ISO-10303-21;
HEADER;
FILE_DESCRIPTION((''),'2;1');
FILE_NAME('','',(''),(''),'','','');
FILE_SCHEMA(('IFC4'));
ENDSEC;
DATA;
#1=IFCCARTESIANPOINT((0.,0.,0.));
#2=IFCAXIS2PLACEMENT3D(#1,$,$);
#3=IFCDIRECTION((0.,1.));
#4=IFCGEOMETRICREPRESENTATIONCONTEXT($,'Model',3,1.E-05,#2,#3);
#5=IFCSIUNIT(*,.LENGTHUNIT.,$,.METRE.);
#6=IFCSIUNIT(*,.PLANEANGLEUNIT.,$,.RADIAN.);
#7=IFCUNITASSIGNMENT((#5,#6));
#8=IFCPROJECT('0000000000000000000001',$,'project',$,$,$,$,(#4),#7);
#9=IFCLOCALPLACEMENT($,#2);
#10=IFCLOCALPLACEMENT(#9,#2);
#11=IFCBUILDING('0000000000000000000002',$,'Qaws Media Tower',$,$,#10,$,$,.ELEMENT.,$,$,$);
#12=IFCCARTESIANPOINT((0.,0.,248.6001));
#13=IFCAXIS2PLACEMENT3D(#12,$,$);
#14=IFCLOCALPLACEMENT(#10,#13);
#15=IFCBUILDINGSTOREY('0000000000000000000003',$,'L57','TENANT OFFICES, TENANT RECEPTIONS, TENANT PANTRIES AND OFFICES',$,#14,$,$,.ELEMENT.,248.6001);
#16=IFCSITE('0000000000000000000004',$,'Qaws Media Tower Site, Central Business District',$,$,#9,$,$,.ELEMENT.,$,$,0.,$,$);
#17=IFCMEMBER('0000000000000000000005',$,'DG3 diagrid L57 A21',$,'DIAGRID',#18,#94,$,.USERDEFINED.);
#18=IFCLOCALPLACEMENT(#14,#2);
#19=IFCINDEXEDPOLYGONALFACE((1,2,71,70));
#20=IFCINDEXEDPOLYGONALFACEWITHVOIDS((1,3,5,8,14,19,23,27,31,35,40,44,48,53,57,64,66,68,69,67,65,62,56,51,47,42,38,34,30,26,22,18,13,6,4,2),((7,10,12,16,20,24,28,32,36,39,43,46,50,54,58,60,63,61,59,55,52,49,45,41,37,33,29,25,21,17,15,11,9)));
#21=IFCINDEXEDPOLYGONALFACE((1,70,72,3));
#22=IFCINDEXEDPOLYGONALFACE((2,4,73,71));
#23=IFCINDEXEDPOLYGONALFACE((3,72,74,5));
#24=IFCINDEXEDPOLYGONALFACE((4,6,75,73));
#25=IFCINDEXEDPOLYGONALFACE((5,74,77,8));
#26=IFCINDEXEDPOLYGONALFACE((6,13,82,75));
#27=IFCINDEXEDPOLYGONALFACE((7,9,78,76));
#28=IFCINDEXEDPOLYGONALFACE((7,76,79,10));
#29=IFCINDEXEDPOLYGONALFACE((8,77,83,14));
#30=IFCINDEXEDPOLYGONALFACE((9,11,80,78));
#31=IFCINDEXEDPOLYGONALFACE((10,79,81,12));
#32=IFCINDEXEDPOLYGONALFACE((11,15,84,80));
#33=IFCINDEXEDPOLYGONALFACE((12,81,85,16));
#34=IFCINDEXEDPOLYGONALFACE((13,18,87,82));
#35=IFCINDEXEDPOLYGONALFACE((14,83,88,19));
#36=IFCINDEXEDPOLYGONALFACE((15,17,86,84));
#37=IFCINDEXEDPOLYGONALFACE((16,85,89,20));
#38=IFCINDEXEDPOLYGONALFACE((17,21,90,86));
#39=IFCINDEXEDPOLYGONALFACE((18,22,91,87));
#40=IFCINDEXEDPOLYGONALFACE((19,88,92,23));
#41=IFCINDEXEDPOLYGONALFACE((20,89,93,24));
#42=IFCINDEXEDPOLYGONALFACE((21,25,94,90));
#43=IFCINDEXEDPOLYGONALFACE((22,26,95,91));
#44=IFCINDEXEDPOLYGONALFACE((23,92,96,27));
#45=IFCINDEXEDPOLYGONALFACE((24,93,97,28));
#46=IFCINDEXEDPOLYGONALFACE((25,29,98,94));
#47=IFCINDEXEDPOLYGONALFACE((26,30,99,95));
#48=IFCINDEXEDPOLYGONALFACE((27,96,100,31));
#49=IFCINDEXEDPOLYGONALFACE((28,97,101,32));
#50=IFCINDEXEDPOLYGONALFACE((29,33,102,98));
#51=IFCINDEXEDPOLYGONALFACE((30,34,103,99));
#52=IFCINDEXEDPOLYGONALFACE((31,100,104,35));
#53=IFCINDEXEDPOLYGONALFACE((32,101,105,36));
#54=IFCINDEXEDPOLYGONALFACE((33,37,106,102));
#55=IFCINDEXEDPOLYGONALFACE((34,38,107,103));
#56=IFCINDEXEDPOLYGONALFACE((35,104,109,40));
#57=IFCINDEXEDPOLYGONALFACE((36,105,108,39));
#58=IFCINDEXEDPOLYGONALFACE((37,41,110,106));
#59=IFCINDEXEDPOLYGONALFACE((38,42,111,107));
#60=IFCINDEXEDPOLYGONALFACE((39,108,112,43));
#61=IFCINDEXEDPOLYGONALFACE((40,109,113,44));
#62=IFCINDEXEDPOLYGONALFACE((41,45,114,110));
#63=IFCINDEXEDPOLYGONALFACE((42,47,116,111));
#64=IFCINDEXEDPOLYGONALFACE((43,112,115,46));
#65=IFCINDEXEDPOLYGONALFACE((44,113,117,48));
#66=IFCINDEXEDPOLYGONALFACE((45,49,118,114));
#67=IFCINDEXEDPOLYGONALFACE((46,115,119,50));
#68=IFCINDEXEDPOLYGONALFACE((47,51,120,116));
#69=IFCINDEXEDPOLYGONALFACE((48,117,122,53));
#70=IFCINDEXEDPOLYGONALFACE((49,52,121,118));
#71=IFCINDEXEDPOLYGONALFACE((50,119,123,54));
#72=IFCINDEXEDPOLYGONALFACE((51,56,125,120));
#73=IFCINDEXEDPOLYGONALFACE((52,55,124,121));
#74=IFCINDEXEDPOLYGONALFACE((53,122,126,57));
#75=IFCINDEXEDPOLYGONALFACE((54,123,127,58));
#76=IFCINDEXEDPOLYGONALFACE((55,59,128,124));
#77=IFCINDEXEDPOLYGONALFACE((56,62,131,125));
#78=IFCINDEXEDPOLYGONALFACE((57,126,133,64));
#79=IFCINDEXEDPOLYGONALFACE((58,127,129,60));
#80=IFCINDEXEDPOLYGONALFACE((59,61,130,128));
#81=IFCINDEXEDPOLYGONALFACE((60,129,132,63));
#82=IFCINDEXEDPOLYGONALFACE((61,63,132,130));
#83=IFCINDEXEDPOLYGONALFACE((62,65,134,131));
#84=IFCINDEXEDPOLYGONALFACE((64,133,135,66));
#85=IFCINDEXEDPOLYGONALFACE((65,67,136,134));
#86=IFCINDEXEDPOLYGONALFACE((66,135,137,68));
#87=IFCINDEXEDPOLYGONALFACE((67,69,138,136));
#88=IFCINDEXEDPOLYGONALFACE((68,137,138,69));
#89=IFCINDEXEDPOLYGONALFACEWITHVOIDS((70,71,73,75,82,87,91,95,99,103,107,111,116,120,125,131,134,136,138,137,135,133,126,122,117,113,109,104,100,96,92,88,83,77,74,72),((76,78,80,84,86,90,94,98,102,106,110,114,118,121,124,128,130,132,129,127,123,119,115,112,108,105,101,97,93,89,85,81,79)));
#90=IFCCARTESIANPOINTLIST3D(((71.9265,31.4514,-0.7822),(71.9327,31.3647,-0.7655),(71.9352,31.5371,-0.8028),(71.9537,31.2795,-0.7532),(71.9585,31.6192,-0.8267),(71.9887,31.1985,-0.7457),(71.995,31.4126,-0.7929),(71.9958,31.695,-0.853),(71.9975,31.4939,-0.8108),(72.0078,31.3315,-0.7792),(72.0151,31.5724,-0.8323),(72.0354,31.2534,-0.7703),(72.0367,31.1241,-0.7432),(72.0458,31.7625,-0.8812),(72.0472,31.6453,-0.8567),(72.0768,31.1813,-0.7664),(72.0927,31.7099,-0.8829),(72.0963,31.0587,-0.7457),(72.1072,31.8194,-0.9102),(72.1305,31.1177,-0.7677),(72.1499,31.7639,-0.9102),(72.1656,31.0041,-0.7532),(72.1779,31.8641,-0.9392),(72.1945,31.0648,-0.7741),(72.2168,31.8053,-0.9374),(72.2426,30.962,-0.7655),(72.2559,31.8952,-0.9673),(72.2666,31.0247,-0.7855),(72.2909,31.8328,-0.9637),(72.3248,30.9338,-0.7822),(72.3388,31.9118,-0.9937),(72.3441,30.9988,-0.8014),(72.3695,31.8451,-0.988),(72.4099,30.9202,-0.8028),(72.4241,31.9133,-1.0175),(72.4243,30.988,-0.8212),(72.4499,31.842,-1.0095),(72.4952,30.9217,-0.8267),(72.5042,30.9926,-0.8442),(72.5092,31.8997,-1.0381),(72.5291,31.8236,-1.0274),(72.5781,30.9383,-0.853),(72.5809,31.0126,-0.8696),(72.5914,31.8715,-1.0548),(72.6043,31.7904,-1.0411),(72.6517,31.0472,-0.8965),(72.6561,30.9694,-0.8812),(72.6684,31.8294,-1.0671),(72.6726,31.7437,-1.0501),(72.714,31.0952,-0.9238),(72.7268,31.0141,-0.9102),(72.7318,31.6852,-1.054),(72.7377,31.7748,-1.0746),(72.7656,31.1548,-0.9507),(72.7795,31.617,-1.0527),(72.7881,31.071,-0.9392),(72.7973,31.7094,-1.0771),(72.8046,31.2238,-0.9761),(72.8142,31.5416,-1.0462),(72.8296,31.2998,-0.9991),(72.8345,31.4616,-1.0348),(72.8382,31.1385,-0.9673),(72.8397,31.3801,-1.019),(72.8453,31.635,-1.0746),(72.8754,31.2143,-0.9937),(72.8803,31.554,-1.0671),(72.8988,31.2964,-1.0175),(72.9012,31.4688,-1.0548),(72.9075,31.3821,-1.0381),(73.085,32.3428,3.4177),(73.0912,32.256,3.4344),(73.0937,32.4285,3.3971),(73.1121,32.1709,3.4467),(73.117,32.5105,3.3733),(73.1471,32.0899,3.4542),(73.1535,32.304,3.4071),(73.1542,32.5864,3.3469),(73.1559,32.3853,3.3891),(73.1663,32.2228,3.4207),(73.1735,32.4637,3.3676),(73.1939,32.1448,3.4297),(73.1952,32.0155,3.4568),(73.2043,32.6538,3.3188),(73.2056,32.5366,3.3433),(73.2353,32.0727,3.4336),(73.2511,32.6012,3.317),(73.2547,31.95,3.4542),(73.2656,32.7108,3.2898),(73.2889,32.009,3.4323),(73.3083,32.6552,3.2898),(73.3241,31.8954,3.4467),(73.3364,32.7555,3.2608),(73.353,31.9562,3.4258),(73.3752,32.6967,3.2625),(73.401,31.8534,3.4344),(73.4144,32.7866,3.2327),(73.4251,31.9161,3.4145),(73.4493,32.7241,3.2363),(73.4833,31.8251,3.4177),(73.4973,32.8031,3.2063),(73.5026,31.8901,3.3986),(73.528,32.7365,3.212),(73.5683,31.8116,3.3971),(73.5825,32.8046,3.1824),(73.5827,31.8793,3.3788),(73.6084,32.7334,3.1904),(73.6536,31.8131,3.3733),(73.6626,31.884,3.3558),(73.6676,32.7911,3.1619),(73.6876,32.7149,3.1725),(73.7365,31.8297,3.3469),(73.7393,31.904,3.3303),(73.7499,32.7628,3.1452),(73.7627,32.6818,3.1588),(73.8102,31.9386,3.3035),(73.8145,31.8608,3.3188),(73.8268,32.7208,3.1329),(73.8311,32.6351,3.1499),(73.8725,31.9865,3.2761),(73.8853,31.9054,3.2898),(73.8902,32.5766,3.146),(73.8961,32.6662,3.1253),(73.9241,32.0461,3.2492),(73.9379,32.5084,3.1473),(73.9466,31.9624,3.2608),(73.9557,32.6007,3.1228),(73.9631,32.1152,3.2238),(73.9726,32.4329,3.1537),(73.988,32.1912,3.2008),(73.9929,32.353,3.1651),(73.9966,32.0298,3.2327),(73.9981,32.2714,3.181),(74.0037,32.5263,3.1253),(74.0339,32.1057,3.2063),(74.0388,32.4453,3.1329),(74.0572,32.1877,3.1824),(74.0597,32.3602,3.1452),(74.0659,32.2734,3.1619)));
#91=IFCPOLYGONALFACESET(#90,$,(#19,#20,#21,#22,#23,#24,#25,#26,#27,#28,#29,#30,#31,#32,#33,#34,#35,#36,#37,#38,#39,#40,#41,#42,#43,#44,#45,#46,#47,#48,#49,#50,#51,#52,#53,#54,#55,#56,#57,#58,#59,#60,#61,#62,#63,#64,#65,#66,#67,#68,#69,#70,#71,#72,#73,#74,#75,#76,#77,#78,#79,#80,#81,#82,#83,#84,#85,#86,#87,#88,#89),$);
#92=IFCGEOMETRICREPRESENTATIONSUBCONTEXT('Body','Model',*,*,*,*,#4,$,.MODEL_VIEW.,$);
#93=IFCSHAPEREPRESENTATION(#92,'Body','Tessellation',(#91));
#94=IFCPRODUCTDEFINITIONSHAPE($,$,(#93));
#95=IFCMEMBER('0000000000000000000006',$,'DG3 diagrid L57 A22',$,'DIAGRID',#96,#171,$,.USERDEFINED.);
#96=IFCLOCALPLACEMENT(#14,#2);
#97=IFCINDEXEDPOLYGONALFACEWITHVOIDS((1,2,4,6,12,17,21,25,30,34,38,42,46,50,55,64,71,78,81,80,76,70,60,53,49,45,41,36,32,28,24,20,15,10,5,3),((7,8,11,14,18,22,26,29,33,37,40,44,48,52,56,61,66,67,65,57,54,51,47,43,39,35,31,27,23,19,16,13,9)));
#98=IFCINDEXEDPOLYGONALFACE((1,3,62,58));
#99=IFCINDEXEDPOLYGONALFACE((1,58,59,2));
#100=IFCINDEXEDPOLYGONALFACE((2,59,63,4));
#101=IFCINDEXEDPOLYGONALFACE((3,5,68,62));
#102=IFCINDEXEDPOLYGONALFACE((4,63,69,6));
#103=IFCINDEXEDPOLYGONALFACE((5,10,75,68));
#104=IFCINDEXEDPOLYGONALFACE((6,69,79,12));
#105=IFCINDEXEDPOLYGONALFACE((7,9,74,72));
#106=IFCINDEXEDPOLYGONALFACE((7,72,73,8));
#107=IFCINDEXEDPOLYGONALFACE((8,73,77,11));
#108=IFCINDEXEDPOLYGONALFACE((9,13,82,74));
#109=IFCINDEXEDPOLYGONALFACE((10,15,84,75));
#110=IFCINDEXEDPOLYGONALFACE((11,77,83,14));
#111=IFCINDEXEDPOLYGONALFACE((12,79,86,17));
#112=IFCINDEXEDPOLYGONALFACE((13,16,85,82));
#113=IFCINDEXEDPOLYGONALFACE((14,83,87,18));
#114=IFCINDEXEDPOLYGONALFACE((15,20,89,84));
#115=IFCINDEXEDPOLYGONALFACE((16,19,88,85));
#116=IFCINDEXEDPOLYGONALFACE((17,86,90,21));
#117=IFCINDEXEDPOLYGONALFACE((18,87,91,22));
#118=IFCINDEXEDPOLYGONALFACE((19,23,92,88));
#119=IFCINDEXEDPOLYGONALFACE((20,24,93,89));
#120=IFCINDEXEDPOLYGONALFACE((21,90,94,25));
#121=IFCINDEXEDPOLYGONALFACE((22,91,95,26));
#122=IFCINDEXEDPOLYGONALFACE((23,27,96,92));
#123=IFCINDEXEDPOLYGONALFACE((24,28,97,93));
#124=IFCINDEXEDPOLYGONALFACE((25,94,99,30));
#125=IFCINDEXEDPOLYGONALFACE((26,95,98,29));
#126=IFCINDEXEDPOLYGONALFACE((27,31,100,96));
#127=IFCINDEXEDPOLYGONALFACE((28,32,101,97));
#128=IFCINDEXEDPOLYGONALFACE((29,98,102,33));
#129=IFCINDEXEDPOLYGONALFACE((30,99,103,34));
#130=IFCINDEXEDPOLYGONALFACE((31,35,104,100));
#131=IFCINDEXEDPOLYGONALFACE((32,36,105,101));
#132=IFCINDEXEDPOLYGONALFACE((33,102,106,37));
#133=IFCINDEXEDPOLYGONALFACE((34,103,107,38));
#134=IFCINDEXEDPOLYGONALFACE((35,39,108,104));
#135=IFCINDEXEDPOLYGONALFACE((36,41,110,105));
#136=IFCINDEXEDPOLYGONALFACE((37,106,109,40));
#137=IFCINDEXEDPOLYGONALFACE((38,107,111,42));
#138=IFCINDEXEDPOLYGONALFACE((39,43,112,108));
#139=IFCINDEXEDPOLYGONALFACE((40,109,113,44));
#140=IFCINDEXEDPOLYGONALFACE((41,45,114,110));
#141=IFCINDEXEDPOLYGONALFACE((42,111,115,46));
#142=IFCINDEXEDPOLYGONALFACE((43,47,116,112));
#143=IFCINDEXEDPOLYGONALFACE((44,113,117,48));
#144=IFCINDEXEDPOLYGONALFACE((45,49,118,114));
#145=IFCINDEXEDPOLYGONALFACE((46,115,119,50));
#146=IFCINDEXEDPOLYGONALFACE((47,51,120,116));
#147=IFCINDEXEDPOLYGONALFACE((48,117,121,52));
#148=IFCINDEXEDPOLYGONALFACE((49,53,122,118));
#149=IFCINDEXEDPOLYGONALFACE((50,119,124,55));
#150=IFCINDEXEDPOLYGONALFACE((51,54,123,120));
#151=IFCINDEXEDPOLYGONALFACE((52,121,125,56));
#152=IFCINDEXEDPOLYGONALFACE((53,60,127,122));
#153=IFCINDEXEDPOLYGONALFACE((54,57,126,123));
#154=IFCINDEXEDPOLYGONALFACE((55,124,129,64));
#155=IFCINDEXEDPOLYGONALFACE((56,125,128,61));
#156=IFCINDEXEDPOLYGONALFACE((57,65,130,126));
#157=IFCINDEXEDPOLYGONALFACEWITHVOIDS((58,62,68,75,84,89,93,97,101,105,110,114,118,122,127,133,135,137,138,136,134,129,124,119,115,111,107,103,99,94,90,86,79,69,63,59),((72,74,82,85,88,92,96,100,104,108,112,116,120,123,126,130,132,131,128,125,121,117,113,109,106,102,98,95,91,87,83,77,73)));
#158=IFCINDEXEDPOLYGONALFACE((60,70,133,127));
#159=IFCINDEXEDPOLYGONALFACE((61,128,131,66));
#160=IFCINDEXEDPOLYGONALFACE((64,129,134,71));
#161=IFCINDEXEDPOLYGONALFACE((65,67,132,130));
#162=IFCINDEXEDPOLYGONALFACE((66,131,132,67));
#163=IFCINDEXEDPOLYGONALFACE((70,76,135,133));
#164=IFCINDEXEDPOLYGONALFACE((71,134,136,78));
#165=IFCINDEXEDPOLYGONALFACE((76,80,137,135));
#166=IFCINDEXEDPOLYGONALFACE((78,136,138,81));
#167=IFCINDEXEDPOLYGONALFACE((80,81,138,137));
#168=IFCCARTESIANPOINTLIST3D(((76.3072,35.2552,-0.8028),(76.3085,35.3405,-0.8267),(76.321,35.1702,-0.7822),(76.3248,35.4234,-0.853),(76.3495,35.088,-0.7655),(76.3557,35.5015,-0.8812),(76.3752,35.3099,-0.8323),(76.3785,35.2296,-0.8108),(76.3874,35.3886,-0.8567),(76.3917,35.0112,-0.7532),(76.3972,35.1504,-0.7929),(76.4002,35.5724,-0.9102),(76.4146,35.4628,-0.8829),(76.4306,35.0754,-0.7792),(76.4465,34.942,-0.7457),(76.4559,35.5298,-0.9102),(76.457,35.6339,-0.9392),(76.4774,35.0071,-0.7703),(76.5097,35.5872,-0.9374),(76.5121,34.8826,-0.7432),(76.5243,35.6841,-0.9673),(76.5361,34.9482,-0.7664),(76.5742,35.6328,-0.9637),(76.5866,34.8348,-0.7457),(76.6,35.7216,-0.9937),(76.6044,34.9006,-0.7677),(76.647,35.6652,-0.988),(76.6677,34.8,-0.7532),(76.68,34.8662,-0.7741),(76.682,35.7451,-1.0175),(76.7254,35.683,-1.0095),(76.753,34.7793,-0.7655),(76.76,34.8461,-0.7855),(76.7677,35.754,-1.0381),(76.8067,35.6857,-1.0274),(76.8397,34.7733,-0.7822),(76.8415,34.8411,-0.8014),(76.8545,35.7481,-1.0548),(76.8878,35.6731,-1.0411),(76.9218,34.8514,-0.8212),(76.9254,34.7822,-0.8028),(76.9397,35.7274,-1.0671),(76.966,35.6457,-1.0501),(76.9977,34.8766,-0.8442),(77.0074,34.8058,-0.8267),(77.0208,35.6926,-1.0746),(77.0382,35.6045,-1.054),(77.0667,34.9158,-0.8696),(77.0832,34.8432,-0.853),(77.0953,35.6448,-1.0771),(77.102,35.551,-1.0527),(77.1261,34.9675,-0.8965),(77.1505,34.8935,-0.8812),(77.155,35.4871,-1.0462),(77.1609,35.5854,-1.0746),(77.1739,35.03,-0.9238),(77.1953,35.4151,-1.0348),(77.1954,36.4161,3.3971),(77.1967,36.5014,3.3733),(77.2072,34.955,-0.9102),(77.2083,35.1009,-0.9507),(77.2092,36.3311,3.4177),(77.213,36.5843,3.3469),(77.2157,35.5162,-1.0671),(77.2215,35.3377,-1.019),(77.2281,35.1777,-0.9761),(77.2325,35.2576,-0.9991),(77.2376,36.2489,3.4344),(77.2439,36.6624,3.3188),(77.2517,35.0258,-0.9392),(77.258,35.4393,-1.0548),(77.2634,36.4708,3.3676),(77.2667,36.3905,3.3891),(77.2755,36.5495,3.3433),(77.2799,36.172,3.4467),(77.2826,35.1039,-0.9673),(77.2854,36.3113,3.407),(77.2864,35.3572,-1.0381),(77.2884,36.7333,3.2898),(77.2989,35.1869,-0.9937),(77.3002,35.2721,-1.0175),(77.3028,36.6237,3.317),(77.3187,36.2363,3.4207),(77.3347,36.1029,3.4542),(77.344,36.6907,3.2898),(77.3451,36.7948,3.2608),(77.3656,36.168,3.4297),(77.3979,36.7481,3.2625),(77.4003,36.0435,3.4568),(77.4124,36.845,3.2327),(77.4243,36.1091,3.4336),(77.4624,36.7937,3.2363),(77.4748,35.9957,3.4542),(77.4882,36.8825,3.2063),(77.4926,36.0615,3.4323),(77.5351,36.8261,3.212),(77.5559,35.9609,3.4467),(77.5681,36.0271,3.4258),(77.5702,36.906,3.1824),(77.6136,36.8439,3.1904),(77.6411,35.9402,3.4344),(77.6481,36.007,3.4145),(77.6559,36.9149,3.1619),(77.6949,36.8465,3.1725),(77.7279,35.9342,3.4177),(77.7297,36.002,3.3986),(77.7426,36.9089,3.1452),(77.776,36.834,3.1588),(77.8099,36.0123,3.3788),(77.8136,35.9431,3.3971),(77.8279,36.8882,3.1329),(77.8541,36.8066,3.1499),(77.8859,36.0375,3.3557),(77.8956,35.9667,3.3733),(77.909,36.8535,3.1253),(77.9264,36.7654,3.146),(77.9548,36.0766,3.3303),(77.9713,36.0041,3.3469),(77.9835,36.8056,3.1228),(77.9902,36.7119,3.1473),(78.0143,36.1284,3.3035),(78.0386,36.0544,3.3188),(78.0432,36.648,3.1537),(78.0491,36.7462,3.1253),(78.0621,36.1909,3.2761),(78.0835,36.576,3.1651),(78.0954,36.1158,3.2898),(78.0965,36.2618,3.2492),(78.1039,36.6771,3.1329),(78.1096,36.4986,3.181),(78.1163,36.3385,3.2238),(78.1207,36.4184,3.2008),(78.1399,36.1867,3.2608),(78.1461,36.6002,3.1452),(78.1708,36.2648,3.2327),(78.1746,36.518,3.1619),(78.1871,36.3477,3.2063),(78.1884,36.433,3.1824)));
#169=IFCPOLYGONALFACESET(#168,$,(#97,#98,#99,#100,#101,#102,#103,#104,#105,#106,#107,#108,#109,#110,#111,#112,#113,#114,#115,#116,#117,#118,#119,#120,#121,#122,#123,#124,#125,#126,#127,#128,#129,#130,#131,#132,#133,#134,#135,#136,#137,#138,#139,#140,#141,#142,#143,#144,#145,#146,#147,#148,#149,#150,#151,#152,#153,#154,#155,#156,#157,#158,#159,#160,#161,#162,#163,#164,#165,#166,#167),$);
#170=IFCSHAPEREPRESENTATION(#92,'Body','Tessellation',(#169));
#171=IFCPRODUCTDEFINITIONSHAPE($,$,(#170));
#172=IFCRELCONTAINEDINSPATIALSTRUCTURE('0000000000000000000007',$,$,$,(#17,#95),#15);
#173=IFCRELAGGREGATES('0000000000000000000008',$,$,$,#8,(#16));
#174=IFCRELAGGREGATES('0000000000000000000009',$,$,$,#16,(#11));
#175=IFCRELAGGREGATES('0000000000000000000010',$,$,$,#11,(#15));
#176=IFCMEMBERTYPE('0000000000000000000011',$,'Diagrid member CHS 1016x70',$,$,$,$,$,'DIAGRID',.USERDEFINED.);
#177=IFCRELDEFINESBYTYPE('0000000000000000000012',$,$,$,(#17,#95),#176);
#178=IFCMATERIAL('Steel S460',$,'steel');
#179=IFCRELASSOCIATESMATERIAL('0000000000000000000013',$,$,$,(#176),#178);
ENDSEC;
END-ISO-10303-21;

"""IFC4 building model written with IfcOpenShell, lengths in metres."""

from ifc_helpers import new_model, si_unit, direction, frame, origin, origin_2d, place, context, subcontext, project, spatial, hollow_circle, extrude, material, material_profile, profile_set, type_object, element, save


model = new_model("IFC4")

# Units and contexts
model_context = context("Model", 3, precision=1e-05, world=origin(), true_north=direction((0.0, 1.0)))
body_context = subcontext(model_context, "Body", "Model", "MODEL_VIEW")
ifc_project = project(units=[si_unit("LENGTHUNIT", "METRE"), si_unit("PLANEANGLEUNIT", "RADIAN")], contexts=[model_context])

# Site, building, storey
site_placement = place(None, origin())
site = spatial("IfcSite", under=ifc_project, at=site_placement, Name="Qaws Media Tower Site, Central Business District", CompositionType="ELEMENT", RefElevation=0.0)
building_placement = place(site_placement, origin())
building = spatial("IfcBuilding", under=site, at=building_placement, Name="Qaws Media Tower", CompositionType="ELEMENT")
storey_placement = place(building_placement, frame((0.0, 0.0, 248.6001)))
storey = spatial("IfcBuildingStorey", under=building, at=storey_placement, Name="L57", Description="TENANT OFFICES, TENANT RECEPTIONS, TENANT PANTRIES AND OFFICES", CompositionType="ELEMENT", Elevation=248.6001)

# Members
ifc_material_1 = material(Name="Steel S460", Category="steel")
ifc_material_profile_1 = material_profile(ifc_material_1, hollow_circle(Radius=0.5081, WallThickness=0.0701, at=origin_2d()), Name="CHS 1016x70")
ifc_profile_set_1 = profile_set([ifc_material_profile_1], Name="Steel S460")
member_type_1 = type_object("IfcMemberType", Name="Diagrid member CHS 1016x70", ElementType="DIAGRID", PredefinedType="USERDEFINED", material=ifc_profile_set_1)
for number, where, z_axis, x_axis, name in (
    (1, (72.417, 31.4167, -0.9102), (0.260499, 0.200439, 0.944439), (-0.609816, 0.792543, 0.0), "DG3 diagrid L57 A21"),
    (2, (76.8037, 35.2637, -0.9102), (0.199725, 0.261048, 0.944438), (-0.794211, 0.607642, 0.0), "DG3 diagrid L57 A22"),
):
    element("IfcMember", number, at=place(storey_placement, frame(where, z_axis=z_axis, x_axis=x_axis)), inside=storey, type_object=member_type_1, Name=name, ObjectType="DIAGRID", PredefinedType="USERDEFINED", context=body_context, shape_type="SweptSolid", body=[
        extrude(hollow_circle(Radius=0.5081, WallThickness=0.0701, at=origin_2d()), origin(), (0.0, 0.0, 1.0), 4.447),
    ])

save(model, "model.ifc")
